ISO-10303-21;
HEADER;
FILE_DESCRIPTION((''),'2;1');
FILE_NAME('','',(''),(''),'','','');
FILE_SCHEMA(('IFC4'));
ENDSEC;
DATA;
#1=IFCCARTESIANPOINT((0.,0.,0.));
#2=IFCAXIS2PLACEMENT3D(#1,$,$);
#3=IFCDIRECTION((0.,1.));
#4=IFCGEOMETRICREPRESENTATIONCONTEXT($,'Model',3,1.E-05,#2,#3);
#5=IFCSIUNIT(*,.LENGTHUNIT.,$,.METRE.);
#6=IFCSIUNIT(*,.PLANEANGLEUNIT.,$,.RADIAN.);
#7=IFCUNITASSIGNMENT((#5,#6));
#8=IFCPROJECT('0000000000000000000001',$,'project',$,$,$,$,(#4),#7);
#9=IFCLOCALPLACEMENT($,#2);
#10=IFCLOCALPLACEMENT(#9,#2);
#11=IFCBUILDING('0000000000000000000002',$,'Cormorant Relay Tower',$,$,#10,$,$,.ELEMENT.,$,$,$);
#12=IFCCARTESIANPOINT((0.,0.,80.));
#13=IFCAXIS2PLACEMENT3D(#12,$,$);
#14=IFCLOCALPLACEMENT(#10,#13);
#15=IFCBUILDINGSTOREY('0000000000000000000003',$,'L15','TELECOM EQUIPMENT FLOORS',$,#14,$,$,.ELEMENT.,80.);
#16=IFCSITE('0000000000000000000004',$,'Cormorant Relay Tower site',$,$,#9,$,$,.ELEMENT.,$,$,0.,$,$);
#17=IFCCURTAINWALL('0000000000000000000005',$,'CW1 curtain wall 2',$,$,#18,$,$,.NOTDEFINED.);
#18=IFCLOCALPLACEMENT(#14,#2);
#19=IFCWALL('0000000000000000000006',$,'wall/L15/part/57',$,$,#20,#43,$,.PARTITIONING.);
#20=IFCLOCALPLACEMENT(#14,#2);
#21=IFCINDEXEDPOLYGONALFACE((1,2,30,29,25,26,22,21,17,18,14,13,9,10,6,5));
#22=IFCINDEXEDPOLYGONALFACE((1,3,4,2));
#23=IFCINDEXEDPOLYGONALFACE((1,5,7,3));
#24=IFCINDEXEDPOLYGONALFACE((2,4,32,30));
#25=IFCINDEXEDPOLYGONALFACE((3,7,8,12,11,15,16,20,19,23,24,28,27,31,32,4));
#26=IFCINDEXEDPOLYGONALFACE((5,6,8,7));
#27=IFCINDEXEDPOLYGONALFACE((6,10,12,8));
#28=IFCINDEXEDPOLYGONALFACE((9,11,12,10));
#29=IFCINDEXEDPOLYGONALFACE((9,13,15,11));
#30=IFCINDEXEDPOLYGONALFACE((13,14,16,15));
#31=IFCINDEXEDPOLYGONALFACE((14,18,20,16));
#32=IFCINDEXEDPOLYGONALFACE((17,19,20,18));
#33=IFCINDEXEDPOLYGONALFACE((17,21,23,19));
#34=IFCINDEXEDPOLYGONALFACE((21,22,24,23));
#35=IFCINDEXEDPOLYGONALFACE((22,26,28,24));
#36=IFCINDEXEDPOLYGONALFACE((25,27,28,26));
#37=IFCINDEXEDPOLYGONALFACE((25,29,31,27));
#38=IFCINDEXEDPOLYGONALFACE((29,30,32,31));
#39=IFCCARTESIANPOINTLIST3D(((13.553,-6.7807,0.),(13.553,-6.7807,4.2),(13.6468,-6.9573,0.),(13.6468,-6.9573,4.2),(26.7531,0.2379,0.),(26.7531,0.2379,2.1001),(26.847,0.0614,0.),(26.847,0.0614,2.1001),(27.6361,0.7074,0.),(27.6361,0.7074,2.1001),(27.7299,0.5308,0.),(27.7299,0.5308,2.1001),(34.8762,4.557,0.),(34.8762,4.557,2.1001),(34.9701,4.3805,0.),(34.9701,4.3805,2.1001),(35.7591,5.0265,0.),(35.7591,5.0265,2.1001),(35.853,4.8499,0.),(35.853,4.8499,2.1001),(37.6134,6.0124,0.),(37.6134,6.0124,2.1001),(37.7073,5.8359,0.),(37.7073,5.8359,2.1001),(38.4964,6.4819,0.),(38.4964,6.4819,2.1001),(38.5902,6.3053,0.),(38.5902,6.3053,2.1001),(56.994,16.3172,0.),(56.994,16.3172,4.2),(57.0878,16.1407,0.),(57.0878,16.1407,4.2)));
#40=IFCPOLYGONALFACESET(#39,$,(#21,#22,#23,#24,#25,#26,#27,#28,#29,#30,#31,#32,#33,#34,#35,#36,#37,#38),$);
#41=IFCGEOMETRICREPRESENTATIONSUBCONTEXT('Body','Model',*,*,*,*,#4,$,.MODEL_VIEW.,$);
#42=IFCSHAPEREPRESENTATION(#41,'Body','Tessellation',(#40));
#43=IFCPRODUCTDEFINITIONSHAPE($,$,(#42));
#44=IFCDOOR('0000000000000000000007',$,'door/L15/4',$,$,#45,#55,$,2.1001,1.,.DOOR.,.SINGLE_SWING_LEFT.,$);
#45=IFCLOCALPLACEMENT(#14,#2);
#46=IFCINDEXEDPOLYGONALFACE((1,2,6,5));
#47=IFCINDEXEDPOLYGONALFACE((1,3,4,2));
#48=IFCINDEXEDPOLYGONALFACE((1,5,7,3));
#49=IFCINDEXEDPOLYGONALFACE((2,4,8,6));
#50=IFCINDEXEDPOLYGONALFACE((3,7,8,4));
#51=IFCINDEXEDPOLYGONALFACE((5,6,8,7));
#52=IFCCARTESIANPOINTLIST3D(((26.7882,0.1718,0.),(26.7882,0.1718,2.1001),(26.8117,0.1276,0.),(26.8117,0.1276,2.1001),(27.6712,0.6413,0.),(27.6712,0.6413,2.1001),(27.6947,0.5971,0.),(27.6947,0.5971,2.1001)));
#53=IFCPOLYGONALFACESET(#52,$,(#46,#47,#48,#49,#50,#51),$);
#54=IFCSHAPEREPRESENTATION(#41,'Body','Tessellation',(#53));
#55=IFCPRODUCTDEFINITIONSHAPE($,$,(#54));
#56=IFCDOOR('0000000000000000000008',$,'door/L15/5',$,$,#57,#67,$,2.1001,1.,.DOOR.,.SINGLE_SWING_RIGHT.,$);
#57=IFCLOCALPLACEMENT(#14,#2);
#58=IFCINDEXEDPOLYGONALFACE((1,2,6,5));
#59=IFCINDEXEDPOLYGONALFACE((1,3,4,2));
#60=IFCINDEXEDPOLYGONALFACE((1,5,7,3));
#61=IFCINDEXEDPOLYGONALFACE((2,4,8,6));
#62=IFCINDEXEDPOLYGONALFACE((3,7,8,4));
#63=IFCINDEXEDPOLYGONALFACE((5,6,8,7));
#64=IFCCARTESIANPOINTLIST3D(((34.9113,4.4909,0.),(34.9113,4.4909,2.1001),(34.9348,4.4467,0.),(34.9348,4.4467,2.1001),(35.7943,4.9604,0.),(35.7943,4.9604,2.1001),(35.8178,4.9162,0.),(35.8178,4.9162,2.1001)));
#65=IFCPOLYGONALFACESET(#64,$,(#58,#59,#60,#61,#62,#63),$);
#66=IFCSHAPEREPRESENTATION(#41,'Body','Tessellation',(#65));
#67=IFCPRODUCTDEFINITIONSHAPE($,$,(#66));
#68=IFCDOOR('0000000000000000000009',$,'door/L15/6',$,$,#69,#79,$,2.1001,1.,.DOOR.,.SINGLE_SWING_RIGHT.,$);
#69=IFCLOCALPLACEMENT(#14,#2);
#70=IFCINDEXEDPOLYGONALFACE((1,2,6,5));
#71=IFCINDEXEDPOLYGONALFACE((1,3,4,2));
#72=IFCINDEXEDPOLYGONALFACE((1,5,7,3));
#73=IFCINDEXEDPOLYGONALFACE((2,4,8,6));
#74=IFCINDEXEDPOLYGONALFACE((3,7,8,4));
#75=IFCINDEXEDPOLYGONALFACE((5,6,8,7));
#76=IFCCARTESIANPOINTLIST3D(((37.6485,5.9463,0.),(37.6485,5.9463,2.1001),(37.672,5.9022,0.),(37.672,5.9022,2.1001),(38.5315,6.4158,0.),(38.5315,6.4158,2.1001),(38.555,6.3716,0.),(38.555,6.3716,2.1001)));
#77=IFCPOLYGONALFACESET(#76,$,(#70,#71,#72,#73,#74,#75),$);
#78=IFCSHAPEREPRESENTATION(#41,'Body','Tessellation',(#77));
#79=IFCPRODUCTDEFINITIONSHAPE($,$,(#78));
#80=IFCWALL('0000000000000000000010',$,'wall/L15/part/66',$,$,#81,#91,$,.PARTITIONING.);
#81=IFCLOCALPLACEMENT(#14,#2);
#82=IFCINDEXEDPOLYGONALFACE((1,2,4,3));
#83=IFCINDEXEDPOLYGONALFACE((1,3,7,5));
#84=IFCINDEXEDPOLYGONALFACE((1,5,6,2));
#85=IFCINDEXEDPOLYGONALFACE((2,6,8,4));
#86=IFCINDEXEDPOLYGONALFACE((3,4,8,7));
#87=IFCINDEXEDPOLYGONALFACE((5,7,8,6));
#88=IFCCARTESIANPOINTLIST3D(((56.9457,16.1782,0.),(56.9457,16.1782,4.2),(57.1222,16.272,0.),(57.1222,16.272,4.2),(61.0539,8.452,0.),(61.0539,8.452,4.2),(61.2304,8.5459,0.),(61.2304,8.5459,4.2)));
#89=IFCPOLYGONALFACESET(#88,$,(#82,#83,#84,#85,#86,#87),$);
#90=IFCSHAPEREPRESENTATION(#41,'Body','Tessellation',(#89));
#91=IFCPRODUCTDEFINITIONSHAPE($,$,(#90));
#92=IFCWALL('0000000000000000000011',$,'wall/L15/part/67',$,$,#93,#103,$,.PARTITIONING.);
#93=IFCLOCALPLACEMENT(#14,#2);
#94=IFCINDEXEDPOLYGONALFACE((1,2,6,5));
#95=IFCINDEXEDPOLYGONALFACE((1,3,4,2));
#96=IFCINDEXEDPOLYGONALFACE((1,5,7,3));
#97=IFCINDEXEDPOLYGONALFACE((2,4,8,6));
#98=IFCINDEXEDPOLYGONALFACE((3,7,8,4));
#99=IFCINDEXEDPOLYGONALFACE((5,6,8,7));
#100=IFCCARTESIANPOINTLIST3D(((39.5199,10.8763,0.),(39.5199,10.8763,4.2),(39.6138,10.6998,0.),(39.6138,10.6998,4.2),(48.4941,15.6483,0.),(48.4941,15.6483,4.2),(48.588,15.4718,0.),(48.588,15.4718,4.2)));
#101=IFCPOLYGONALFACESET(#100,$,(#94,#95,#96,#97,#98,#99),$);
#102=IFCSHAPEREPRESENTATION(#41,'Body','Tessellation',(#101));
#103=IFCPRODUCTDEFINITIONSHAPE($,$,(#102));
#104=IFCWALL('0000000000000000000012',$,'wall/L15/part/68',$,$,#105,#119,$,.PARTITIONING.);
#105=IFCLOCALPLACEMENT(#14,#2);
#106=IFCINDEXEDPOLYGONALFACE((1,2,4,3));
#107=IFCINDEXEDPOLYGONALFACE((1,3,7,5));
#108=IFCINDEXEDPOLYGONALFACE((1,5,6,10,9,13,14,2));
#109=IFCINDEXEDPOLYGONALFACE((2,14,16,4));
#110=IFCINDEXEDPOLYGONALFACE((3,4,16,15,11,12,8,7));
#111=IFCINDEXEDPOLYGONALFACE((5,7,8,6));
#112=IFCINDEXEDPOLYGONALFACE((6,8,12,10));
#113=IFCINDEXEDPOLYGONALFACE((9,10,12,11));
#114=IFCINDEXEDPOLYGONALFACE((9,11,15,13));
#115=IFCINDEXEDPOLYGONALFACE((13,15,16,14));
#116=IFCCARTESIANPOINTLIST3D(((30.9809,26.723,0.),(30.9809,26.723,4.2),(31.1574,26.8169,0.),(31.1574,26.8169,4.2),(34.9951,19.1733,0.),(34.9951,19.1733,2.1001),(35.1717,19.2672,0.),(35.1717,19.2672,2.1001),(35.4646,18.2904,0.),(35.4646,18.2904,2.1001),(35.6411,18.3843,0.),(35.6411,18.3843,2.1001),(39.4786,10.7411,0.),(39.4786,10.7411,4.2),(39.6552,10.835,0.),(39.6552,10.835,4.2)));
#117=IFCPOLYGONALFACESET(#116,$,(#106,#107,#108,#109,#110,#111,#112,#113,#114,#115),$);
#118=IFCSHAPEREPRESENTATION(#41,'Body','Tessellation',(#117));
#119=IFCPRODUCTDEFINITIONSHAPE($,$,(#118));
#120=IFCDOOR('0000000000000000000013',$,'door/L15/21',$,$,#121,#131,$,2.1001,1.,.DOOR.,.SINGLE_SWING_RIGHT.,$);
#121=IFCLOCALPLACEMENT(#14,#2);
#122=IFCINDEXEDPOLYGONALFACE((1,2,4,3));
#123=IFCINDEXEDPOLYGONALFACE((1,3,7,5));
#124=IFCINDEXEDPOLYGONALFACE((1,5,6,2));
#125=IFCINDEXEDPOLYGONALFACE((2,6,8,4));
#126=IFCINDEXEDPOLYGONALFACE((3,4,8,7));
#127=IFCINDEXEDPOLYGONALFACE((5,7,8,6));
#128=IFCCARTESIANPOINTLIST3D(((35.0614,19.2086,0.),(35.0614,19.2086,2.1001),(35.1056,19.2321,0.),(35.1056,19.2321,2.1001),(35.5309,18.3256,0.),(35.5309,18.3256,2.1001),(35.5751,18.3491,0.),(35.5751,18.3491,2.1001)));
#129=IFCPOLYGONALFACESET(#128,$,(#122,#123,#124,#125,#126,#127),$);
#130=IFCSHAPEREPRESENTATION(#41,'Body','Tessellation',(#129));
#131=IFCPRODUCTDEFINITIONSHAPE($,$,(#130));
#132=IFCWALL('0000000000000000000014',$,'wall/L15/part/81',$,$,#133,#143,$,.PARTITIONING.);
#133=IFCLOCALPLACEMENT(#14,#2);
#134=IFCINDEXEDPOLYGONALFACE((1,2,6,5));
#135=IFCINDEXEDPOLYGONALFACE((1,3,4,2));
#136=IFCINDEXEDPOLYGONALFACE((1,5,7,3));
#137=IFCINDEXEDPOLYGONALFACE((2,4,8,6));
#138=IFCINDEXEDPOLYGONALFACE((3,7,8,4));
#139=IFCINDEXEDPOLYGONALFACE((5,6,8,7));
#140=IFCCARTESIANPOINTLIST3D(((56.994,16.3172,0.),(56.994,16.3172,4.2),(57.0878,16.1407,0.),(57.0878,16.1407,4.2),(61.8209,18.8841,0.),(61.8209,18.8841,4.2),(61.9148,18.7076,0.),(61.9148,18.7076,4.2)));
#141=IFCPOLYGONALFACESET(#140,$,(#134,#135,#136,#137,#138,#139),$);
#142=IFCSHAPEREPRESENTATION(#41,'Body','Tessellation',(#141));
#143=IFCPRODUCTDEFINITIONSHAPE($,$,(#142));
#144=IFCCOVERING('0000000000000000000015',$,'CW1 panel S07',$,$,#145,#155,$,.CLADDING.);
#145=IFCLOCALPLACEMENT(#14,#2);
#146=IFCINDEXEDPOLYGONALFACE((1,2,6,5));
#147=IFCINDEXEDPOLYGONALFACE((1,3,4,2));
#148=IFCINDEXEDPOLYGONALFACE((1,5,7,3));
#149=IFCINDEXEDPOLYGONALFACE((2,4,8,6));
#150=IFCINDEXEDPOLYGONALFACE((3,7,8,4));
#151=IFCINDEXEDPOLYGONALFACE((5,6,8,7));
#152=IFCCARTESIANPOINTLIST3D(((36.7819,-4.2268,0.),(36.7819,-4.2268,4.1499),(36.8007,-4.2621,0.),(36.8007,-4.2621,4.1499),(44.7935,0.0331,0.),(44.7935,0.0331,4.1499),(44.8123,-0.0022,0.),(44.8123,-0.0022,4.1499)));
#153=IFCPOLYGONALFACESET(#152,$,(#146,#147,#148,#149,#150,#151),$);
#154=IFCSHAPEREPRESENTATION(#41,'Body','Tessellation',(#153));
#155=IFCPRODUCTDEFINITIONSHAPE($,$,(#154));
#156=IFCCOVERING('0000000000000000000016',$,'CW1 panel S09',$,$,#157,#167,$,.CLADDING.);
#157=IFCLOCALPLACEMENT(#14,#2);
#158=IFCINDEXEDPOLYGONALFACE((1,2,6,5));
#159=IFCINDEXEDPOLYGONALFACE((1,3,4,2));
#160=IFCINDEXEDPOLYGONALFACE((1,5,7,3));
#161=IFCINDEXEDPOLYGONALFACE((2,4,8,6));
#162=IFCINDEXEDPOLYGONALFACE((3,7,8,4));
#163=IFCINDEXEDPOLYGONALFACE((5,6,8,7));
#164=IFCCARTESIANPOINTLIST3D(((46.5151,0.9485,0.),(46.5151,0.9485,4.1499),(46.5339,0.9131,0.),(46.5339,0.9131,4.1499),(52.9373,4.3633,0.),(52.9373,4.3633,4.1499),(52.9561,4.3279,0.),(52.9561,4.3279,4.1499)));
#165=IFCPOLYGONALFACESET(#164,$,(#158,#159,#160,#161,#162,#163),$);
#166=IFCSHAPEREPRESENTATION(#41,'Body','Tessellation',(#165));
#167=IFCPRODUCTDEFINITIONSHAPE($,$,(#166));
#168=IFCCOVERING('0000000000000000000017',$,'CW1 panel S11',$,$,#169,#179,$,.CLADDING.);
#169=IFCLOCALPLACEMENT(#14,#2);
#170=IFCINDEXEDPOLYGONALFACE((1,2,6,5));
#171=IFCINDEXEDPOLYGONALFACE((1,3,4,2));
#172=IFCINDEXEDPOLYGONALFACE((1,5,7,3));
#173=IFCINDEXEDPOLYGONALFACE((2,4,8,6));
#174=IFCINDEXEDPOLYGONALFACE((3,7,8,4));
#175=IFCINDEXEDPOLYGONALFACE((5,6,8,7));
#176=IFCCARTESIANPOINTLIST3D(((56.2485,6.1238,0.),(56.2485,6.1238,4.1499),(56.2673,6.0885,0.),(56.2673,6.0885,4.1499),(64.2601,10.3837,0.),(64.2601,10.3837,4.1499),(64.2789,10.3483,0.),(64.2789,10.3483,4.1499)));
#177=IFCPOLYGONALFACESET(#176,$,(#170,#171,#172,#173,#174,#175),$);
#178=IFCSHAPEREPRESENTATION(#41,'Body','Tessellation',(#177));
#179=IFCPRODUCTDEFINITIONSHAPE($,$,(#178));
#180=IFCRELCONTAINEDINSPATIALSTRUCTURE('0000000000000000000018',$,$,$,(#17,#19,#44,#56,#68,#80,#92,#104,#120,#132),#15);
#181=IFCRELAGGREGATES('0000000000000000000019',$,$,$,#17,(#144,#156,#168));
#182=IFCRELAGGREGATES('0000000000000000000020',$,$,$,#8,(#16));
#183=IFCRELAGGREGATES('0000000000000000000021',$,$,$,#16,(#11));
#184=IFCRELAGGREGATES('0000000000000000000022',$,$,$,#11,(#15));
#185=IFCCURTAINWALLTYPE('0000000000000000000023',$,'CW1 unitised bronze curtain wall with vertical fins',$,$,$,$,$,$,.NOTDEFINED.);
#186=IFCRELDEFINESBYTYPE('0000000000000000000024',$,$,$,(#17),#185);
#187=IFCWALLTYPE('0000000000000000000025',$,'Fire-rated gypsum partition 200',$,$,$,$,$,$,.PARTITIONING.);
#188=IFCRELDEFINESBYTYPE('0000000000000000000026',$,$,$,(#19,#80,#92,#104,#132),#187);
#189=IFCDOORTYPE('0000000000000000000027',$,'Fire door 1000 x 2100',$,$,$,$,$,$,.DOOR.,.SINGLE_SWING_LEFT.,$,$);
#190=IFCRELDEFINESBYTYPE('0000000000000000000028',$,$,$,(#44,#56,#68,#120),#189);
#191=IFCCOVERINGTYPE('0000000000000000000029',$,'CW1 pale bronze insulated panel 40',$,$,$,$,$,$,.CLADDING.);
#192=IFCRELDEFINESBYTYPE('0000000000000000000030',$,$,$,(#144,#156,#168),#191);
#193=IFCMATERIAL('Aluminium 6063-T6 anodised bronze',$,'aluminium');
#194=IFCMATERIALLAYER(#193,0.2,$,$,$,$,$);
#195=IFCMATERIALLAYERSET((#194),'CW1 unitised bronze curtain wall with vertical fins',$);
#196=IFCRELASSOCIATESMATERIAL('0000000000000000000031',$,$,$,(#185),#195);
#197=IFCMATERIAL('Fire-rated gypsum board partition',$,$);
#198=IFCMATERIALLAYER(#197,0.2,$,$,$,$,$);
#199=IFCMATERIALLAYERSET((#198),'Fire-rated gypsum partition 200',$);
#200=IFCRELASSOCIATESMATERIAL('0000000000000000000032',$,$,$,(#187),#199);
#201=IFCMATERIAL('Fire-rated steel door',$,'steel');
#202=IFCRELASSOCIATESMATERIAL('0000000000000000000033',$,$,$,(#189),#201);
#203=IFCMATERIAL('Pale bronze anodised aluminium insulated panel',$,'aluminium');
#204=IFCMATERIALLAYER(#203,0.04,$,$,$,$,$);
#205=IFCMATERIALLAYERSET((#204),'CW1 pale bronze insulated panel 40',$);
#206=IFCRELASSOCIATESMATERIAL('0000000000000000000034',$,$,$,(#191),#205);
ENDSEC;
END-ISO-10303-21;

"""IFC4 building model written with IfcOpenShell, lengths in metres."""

from ifc_helpers import new_model, si_unit, direction, frame, frame_2d, origin, origin_2d, place, context, subcontext, project, spatial, rectangle, extrude, material, layer, layer_set, type_object, element, fill, aggregate, save


model = new_model("IFC4")

# Units and contexts
model_context = context("Model", 3, precision=1e-05, world=origin(), true_north=direction((0.0, 1.0)))
body_context = subcontext(model_context, "Body", "Model", "MODEL_VIEW")
ifc_project = project(units=[si_unit("LENGTHUNIT", "METRE"), si_unit("PLANEANGLEUNIT", "RADIAN")], contexts=[model_context])

# Site, building, storey
site_placement = place(None, origin())
site = spatial("IfcSite", under=ifc_project, at=site_placement, Name="Cormorant Relay Tower site", CompositionType="ELEMENT", RefElevation=0.0)
building_placement = place(site_placement, origin())
building = spatial("IfcBuilding", under=site, at=building_placement, Name="Cormorant Relay Tower", CompositionType="ELEMENT")
storey_placement = place(building_placement, frame((0.0, 0.0, 80.0)))
storey = spatial("IfcBuildingStorey", under=building, at=storey_placement, Name="L15", Description="TELECOM EQUIPMENT FLOORS", CompositionType="ELEMENT", Elevation=80.0)

# Curtain wall
ifc_material_1 = material(Name="Aluminium 6063-T6 anodised bronze", Category="aluminium")
ifc_layer_1 = layer(ifc_material_1, 0.2)
ifc_layer_set_1 = layer_set([ifc_layer_1], Name="CW1 unitised bronze curtain wall with vertical fins")
curtain_wall_type = type_object("IfcCurtainWallType", Name="CW1 unitised bronze curtain wall with vertical fins", PredefinedType="NOTDEFINED", material=ifc_layer_set_1)
curtain_wall_1_placement = place(storey_placement, origin())
curtain_wall_1 = element("IfcCurtainWall", 1, at=curtain_wall_1_placement, inside=storey, type_object=curtain_wall_type, Name="CW1 curtain wall 2", PredefinedType="NOTDEFINED")

# Wall, openings, doors
ifc_material_2 = material(Name="Fire-rated gypsum board partition")
ifc_layer_2 = layer(ifc_material_2, 0.2)
ifc_layer_set_2 = layer_set([ifc_layer_2], Name="Fire-rated gypsum partition 200")
wall_type = type_object("IfcWallType", Name="Fire-rated gypsum partition 200", PredefinedType="PARTITIONING", material=ifc_layer_set_2)
wall_1_placement = place(storey_placement, frame((57.041, 16.229, 0.0), z_axis=(0.0, 0.0, 1.0), x_axis=(-0.882948, -0.469471, 0.0)))
wall_1 = element("IfcWall", 2, at=wall_1_placement, inside=storey, type_object=wall_type, Name="wall/L15/part/57", PredefinedType="PARTITIONING", context=body_context, shape_type="SweptSolid", body=[
    extrude(rectangle(XDim=49.2, YDim=0.2, at=frame_2d((24.6001, 0.0))), origin(), (0.0, 0.0, 1.0), 4.2),
])
opening_1_placement = place(wall_1_placement, frame((33.25, 0.0, 0.0)))
opening_1 = element("IfcOpeningElement", 3, at=opening_1_placement, cuts=wall_1, PredefinedType="OPENING", context=body_context, shape_type="SweptSolid", body=[
    extrude(rectangle(XDim=1.0, YDim=2.1001, at=frame_2d((0.5, 1.05))), frame((0.0, 0.1099, 0.0), z_axis=(0.0, -1.0, 0.0), x_axis=(1.0, 0.0, 0.0)), (0.0, 0.0, 1.0), 0.22),
])
opening_2_placement = place(wall_1_placement, frame((24.05, 0.0, 0.0)))
opening_2 = element("IfcOpeningElement", 4, at=opening_2_placement, cuts=wall_1, PredefinedType="OPENING", context=body_context, shape_type="SweptSolid", body=[
    extrude(rectangle(XDim=1.0, YDim=2.1001, at=frame_2d((0.5, 1.05))), frame((0.0, 0.1099, 0.0), z_axis=(0.0, -1.0, 0.0), x_axis=(1.0, 0.0, 0.0)), (0.0, 0.0, 1.0), 0.22),
])
opening_3_placement = place(wall_1_placement, frame((20.95, 0.0, 0.0)))
opening_3 = element("IfcOpeningElement", 5, at=opening_3_placement, cuts=wall_1, PredefinedType="OPENING", context=body_context, shape_type="SweptSolid", body=[
    extrude(rectangle(XDim=1.0, YDim=2.1001, at=frame_2d((0.5, 1.05))), frame((0.0, 0.1099, 0.0), z_axis=(0.0, -1.0, 0.0), x_axis=(1.0, 0.0, 0.0)), (0.0, 0.0, 1.0), 0.22),
])
ifc_material_3 = material(Name="Fire-rated steel door", Category="steel")
door_type = type_object("IfcDoorType", Name="Fire door 1000 x 2100", OperationType="SINGLE_SWING_LEFT", PredefinedType="DOOR", material=ifc_material_3)
door_1_placement = place(opening_1_placement, origin())
door_1 = element("IfcDoor", 6, at=door_1_placement, inside=storey, type_object=door_type, Name="door/L15/4", OperationType="SINGLE_SWING_LEFT", OverallHeight=2.1001, OverallWidth=1.0, PredefinedType="DOOR", context=body_context, shape_type="SweptSolid", body=[
    extrude(rectangle(XDim=1.0, YDim=2.1001, at=frame_2d((0.5, 1.05))), frame((0.0, 0.0249, 0.0), z_axis=(0.0, -1.0, 0.0), x_axis=(1.0, 0.0, 0.0)), (0.0, 0.0, 1.0), 0.05),
])
fill(opening_1, door_1)
door_2_placement = place(opening_2_placement, origin())
door_2 = element("IfcDoor", 7, at=door_2_placement, inside=storey, type_object=door_type, Name="door/L15/5", OperationType="SINGLE_SWING_RIGHT", OverallHeight=2.1001, OverallWidth=1.0, PredefinedType="DOOR", context=body_context, shape_type="SweptSolid", body=[
    extrude(rectangle(XDim=1.0, YDim=2.1001, at=frame_2d((0.5, 1.05))), frame((0.0, 0.0249, 0.0), z_axis=(0.0, -1.0, 0.0), x_axis=(1.0, 0.0, 0.0)), (0.0, 0.0, 1.0), 0.05),
])
fill(opening_2, door_2)
door_3_placement = place(opening_3_placement, origin())
door_3 = element("IfcDoor", 8, at=door_3_placement, inside=storey, type_object=door_type, Name="door/L15/6", OperationType="SINGLE_SWING_RIGHT", OverallHeight=2.1001, OverallWidth=1.0, PredefinedType="DOOR", context=body_context, shape_type="SweptSolid", body=[
    extrude(rectangle(XDim=1.0, YDim=2.1001, at=frame_2d((0.5, 1.05))), frame((0.0, 0.0249, 0.0), z_axis=(0.0, -1.0, 0.0), x_axis=(1.0, 0.0, 0.0)), (0.0, 0.0, 1.0), 0.05),
])
fill(opening_3, door_3)

# Walls
wall_2_placement = place(storey_placement, frame((57.0339, 16.2251, 0.0), z_axis=(0.0, 0.0, 1.0), x_axis=(0.469483, -0.882942, 0.0)))
element("IfcWall", 9, at=wall_2_placement, inside=storey, type_object=wall_type, Name="wall/L15/part/66", PredefinedType="PARTITIONING", context=body_context, shape_type="SweptSolid", body=[
    extrude(rectangle(XDim=8.7505, YDim=0.2, at=frame_2d((4.3752, 0.0))), origin(), (0.0, 0.0, 1.0), 4.2),
])
wall_3_placement = place(storey_placement, frame((48.541, 15.5601, 0.0), z_axis=(0.0, 0.0, 1.0), x_axis=(-0.882933, -0.469498, 0.0)))
element("IfcWall", 10, at=wall_3_placement, inside=storey, type_object=wall_type, Name="wall/L15/part/67", PredefinedType="PARTITIONING", context=body_context, shape_type="SweptSolid", body=[
    extrude(rectangle(XDim=10.1641, YDim=0.2, at=frame_2d((5.082, 0.0))), origin(), (0.0, 0.0, 1.0), 4.2),
])

# Wall, opening, door
wall_4_placement = place(storey_placement, frame((39.5669, 10.7881, 0.0), z_axis=(0.0, 0.0, 1.0), x_axis=(-0.469474, 0.882946, 0.0)))
wall_4 = element("IfcWall", 11, at=wall_4_placement, inside=storey, type_object=wall_type, Name="wall/L15/part/68", PredefinedType="PARTITIONING", context=body_context, shape_type="SweptSolid", body=[
    extrude(rectangle(XDim=18.1006, YDim=0.2, at=frame_2d((9.0503, 0.0))), origin(), (0.0, 0.0, 1.0), 4.2),
])
opening_4_placement = place(wall_4_placement, frame((8.55, 0.0, 0.0)))
opening_4 = element("IfcOpeningElement", 12, at=opening_4_placement, cuts=wall_4, PredefinedType="OPENING", context=body_context, shape_type="SweptSolid", body=[
    extrude(rectangle(XDim=1.0, YDim=2.1001, at=frame_2d((0.5, 1.05))), frame((0.0, 0.1099, 0.0), z_axis=(0.0, -1.0, 0.0), x_axis=(1.0, 0.0, 0.0)), (0.0, 0.0, 1.0), 0.22),
])
door_4_placement = place(opening_4_placement, origin())
door_4 = element("IfcDoor", 13, at=door_4_placement, inside=storey, type_object=door_type, Name="door/L15/21", OperationType="SINGLE_SWING_RIGHT", OverallHeight=2.1001, OverallWidth=1.0, PredefinedType="DOOR", context=body_context, shape_type="SweptSolid", body=[
    extrude(rectangle(XDim=1.0, YDim=2.1001, at=frame_2d((0.5, 1.05))), frame((0.0, 0.0249, 0.0), z_axis=(0.0, -1.0, 0.0), x_axis=(1.0, 0.0, 0.0)), (0.0, 0.0, 1.0), 0.05),
])
fill(opening_4, door_4)

# Wall
wall_5_placement = place(storey_placement, frame((57.041, 16.229, 0.0), z_axis=(0.0, 0.0, 1.0), x_axis=(0.882918, 0.469526, 0.0)))
element("IfcWall", 14, at=wall_5_placement, inside=storey, type_object=wall_type, Name="wall/L15/part/81", PredefinedType="PARTITIONING", context=body_context, shape_type="SweptSolid", body=[
    extrude(rectangle(XDim=5.467, YDim=0.2, at=frame_2d((2.7334, 0.0))), origin(), (0.0, 0.0, 1.0), 4.2),
])

# Coverings
ifc_material_4 = material(Name="Pale bronze anodised aluminium insulated panel", Category="aluminium")
ifc_layer_3 = layer(ifc_material_4, 0.04)
ifc_layer_set_3 = layer_set([ifc_layer_3], Name="CW1 pale bronze insulated panel 40")
covering_type = type_object("IfcCoveringType", Name="CW1 pale bronze insulated panel 40", PredefinedType="CLADDING", material=ifc_layer_set_3)
covering_1_placement = place(storey_placement, frame((40.7971, -2.1145, 0.0), z_axis=(0.0, 0.0, 1.0), x_axis=(0.882948, 0.469472, 0.0)))
covering_1 = element("IfcCovering", 15, at=covering_1_placement, type_object=covering_type, Name="CW1 panel S07", PredefinedType="CLADDING", context=body_context, shape_type="SweptSolid", body=[
    extrude(rectangle(XDim=9.0737, YDim=0.04, at=origin_2d()), origin(), (0.0, 0.0, 1.0), 4.1499),
])
covering_2_placement = place(storey_placement, frame((49.7356, 2.6382, 0.0), z_axis=(0.0, 0.0, 1.0), x_axis=(0.882948, 0.469472, 0.0)))
covering_2 = element("IfcCovering", 16, at=covering_2_placement, type_object=covering_type, Name="CW1 panel S09", PredefinedType="CLADDING", context=body_context, shape_type="SweptSolid", body=[
    extrude(rectangle(XDim=7.2737, YDim=0.04, at=origin_2d()), origin(), (0.0, 0.0, 1.0), 4.1499),
])
covering_3_placement = place(storey_placement, frame((60.2637, 8.2361, 0.0), z_axis=(0.0, 0.0, 1.0), x_axis=(0.882948, 0.469472, 0.0)))
covering_3 = element("IfcCovering", 17, at=covering_3_placement, type_object=covering_type, Name="CW1 panel S11", PredefinedType="CLADDING", context=body_context, shape_type="SweptSolid", body=[
    extrude(rectangle(XDim=9.0737, YDim=0.04, at=origin_2d()), origin(), (0.0, 0.0, 1.0), 4.1499),
])
aggregate(curtain_wall_1, [covering_1, covering_2, covering_3])

save(model, "model.ifc")
